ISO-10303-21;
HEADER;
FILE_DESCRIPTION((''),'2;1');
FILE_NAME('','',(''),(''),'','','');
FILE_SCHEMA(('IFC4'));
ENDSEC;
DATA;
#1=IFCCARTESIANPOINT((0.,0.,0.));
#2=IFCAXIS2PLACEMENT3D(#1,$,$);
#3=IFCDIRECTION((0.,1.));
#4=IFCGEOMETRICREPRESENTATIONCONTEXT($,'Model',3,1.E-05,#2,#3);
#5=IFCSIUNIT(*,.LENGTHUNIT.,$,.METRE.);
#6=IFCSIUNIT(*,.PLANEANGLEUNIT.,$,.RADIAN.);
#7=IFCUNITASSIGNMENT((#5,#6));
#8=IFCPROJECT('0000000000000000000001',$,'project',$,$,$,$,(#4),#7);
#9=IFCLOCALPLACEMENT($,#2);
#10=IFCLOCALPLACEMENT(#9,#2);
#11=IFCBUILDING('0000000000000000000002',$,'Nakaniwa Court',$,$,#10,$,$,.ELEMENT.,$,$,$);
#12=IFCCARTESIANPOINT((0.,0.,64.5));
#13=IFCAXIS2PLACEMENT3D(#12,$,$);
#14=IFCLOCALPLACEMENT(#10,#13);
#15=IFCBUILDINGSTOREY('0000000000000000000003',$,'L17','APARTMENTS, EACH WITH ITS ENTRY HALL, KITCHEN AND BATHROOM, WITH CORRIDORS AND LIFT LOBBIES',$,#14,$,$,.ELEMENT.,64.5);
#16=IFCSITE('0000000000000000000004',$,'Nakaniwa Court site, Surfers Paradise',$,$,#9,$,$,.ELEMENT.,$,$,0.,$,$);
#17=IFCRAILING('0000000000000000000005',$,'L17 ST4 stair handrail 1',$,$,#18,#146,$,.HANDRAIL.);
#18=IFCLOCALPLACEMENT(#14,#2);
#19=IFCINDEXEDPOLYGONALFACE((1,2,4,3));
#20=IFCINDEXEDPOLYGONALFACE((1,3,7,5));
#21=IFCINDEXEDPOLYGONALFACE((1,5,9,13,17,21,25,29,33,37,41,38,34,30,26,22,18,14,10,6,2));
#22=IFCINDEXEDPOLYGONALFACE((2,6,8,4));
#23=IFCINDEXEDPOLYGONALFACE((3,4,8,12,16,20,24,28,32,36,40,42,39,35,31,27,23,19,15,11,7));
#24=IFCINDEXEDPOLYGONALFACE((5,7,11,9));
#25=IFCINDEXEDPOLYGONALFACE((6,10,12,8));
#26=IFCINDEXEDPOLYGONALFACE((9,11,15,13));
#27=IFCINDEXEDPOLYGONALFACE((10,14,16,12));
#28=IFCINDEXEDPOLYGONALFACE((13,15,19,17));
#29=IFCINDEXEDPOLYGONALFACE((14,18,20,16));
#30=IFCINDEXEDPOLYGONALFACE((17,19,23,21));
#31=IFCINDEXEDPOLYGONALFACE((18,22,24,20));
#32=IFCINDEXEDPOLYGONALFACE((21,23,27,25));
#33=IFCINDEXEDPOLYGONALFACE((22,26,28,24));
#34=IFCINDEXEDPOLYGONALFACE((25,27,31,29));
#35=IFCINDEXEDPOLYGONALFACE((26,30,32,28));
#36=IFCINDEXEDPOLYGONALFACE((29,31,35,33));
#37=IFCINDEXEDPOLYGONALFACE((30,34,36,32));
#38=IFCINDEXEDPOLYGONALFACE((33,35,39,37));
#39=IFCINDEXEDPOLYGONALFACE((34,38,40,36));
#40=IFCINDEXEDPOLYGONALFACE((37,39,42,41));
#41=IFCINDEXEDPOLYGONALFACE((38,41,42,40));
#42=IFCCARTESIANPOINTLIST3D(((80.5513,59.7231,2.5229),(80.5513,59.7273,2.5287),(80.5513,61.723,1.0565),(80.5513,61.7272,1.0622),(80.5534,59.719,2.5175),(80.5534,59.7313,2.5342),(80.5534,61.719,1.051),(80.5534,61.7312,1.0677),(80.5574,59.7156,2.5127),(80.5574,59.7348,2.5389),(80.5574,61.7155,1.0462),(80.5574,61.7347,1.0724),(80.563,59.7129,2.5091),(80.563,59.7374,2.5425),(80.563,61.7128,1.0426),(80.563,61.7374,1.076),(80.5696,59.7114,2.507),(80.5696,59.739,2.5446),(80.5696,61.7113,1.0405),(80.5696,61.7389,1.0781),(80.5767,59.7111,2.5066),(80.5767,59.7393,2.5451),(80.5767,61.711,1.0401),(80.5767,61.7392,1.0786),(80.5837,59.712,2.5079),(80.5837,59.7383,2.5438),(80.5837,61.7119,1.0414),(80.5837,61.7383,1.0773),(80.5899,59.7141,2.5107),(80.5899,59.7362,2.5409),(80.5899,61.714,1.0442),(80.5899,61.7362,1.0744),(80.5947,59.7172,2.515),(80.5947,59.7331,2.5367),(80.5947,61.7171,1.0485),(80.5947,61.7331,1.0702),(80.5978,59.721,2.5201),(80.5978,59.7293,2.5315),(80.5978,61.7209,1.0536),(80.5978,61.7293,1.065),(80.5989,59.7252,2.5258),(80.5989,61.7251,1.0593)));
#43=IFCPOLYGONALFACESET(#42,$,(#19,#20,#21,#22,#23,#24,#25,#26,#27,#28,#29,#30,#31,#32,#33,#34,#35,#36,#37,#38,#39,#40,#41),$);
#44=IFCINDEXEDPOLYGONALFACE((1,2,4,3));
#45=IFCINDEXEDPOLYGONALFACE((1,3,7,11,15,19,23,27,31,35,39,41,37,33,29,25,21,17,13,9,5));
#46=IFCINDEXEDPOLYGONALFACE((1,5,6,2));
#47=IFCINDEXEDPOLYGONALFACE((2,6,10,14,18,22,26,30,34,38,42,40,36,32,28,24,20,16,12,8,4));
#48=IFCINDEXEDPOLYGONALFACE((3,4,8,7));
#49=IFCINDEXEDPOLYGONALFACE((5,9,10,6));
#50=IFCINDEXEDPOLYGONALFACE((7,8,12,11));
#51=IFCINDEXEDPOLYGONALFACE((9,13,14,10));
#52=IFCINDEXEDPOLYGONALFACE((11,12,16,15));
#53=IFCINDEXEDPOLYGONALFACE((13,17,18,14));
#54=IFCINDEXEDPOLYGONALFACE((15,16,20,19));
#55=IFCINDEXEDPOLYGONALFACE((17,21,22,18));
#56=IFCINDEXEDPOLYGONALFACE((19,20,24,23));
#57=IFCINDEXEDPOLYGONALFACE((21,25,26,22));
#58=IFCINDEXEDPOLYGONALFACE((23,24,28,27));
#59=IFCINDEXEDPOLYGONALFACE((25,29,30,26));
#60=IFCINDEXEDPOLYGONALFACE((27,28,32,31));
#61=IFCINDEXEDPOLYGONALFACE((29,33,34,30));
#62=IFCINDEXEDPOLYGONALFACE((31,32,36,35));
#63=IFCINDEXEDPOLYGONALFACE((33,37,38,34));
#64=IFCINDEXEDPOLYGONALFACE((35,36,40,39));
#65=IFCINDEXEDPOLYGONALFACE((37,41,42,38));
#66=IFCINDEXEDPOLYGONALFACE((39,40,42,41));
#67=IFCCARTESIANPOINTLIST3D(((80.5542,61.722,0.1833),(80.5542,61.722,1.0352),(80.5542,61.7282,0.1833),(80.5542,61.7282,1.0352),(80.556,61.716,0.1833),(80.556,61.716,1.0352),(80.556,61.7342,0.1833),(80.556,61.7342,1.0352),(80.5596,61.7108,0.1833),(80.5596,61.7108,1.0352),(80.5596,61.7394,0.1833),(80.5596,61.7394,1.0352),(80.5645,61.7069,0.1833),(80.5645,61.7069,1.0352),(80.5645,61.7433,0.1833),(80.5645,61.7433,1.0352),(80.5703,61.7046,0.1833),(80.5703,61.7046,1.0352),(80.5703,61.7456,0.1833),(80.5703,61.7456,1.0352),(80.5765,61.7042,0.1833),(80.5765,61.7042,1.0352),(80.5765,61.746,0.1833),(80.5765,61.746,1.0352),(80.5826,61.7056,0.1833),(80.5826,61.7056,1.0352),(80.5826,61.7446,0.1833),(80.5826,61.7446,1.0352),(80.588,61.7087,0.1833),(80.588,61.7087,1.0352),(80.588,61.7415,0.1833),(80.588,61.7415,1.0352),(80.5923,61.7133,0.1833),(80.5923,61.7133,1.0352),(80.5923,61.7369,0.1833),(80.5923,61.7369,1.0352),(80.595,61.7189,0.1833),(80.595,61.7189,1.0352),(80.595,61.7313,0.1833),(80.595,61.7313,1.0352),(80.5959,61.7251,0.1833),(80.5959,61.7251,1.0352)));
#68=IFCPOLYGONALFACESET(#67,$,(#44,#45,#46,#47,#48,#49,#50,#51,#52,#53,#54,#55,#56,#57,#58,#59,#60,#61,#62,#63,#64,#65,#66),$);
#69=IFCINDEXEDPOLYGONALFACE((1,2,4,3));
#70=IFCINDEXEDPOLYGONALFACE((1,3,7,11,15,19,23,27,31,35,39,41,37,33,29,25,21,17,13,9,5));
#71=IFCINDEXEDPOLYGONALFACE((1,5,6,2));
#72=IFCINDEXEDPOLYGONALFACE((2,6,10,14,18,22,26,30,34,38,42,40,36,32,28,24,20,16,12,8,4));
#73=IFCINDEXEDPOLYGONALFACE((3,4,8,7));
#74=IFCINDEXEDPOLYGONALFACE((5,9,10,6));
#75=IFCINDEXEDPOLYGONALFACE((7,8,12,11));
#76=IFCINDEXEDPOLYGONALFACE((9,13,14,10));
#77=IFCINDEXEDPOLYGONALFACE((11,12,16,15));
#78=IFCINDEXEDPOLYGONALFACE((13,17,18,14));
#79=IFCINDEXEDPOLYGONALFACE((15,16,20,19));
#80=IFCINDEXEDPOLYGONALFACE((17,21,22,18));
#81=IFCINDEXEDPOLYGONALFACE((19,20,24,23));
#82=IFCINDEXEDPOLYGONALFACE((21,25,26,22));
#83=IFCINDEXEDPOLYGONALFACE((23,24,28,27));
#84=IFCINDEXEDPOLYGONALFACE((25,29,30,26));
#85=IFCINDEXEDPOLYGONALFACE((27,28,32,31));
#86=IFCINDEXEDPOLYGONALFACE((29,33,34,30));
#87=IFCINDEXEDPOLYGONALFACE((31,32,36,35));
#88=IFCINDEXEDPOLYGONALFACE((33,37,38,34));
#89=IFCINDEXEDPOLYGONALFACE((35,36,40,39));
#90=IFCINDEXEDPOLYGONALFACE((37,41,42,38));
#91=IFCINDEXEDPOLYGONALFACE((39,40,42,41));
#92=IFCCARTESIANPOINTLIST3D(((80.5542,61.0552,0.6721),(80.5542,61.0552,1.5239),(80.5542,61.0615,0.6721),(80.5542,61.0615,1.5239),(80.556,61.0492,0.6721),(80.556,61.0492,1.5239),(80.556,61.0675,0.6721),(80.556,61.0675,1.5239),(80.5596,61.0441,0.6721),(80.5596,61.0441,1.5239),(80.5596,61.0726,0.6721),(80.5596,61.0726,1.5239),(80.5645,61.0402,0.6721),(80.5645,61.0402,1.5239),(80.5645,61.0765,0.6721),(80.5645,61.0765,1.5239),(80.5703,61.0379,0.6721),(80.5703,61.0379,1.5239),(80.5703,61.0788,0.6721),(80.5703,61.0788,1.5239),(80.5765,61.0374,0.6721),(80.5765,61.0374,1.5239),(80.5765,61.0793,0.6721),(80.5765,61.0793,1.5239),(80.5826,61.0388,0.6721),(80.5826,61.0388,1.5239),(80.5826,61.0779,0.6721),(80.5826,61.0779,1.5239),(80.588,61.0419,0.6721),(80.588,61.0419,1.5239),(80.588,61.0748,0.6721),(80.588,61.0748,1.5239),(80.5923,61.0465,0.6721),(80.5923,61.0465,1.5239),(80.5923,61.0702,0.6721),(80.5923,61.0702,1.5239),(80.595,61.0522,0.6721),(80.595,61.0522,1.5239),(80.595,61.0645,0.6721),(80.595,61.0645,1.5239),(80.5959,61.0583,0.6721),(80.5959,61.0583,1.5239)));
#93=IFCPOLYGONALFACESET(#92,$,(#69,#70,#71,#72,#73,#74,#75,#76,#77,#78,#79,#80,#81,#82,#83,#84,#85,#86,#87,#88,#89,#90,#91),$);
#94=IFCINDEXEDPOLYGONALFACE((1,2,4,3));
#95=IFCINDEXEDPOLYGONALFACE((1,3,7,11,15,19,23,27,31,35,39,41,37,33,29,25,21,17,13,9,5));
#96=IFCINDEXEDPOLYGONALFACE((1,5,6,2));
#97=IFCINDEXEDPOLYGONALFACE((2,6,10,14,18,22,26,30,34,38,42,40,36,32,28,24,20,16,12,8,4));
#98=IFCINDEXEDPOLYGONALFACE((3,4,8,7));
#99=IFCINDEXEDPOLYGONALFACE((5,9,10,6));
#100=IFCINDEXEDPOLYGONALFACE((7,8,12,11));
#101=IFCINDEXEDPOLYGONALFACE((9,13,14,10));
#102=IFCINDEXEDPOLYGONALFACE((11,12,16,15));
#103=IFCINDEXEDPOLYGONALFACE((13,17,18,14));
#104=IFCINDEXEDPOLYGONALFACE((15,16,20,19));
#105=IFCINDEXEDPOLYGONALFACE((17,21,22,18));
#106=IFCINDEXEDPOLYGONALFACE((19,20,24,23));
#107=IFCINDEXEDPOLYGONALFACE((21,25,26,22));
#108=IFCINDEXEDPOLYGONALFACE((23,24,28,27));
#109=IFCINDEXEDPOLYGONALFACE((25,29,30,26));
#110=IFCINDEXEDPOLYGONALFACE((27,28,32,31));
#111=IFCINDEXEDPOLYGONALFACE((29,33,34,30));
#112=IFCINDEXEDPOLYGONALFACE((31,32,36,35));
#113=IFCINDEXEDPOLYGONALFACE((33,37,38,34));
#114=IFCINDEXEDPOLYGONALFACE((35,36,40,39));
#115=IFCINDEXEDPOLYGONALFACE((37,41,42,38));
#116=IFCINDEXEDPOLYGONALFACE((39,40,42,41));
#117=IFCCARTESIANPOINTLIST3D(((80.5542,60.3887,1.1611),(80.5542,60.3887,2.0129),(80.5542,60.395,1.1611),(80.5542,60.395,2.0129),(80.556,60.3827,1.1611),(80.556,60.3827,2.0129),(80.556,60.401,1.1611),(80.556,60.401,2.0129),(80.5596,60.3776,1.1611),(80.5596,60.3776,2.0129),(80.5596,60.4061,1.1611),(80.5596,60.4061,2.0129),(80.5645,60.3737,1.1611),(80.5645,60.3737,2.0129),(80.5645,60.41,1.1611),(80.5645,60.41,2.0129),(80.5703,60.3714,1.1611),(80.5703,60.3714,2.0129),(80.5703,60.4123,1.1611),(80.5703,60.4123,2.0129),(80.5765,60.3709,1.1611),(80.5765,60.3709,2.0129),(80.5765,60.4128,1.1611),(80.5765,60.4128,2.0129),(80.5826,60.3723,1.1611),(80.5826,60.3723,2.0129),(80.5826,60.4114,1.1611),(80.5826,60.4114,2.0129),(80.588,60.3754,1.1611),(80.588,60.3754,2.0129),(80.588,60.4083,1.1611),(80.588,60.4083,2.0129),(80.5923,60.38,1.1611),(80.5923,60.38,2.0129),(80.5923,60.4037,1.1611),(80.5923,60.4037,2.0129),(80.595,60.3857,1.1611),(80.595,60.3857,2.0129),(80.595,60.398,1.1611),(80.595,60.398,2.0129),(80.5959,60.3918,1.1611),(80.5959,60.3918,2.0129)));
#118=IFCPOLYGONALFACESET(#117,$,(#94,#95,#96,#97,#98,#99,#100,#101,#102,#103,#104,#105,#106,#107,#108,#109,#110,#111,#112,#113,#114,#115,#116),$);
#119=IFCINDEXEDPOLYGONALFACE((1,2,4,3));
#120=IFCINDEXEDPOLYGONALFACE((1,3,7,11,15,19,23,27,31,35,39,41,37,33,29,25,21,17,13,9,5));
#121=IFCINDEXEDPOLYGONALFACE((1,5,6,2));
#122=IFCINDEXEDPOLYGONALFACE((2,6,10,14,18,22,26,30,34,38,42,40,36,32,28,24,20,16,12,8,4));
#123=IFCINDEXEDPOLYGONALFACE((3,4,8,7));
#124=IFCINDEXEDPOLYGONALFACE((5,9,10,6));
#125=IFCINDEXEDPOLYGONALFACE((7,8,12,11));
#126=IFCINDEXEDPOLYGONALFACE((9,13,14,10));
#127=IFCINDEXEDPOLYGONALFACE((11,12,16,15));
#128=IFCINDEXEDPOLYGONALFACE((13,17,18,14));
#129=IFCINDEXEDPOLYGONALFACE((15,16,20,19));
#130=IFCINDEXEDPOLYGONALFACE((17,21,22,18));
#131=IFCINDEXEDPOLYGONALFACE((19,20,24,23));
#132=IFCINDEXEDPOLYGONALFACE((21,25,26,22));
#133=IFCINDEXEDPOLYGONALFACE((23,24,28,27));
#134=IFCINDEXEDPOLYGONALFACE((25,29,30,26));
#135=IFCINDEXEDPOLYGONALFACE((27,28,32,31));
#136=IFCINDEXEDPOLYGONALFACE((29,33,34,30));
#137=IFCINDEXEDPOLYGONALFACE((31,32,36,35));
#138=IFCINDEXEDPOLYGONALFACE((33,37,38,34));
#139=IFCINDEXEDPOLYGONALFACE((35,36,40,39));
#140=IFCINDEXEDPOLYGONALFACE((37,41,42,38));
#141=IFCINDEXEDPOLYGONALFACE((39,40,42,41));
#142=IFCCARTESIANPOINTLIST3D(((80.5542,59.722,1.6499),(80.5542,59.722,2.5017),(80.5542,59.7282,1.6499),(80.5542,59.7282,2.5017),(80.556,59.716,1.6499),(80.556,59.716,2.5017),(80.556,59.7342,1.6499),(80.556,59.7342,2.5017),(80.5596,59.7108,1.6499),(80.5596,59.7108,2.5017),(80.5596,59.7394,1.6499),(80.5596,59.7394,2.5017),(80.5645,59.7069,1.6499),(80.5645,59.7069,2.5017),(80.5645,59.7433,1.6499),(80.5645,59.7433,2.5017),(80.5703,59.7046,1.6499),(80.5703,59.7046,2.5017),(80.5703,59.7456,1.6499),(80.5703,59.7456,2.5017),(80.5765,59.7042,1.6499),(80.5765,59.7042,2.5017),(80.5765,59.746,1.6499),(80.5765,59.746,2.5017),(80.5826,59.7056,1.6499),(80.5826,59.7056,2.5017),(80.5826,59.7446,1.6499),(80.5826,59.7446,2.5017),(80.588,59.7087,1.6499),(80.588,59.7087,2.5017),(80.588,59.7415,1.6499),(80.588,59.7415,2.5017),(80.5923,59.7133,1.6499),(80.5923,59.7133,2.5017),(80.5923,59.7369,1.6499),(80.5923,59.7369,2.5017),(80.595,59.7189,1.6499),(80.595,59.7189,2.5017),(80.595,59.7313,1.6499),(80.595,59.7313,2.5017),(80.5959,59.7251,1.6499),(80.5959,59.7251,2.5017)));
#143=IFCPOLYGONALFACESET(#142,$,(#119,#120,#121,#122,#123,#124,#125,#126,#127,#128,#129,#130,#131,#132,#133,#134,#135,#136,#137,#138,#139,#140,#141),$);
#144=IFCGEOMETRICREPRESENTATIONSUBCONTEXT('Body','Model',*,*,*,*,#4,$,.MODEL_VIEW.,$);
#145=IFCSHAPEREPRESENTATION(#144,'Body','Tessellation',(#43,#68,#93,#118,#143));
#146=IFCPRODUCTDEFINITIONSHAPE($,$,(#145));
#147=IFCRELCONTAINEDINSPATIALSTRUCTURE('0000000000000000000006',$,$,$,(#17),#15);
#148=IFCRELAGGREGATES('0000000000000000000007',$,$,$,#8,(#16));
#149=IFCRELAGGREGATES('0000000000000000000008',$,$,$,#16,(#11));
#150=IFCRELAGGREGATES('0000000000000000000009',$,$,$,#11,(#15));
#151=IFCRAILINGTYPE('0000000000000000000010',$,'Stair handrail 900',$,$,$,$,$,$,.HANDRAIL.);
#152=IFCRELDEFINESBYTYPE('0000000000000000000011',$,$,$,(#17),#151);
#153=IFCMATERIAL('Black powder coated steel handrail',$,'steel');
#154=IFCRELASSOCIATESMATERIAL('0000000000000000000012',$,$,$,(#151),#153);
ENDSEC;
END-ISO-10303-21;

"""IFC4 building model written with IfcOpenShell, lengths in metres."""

from ifc_helpers import new_model, si_unit, direction, frame, origin, origin_2d, place, context, subcontext, project, spatial, circle, extrude, material, type_object, element, save


model = new_model("IFC4")

# Units and contexts
model_context = context("Model", 3, precision=1e-05, world=origin(), true_north=direction((0.0, 1.0)))
body_context = subcontext(model_context, "Body", "Model", "MODEL_VIEW")
ifc_project = project(units=[si_unit("LENGTHUNIT", "METRE"), si_unit("PLANEANGLEUNIT", "RADIAN")], contexts=[model_context])

# Site, building, storey
site_placement = place(None, origin())
site = spatial("IfcSite", under=ifc_project, at=site_placement, Name="Nakaniwa Court site, Surfers Paradise", CompositionType="ELEMENT", RefElevation=0.0)
building_placement = place(site_placement, origin())
building = spatial("IfcBuilding", under=site, at=building_placement, Name="Nakaniwa Court", CompositionType="ELEMENT")
storey_placement = place(building_placement, frame((0.0, 0.0, 64.5)))
storey = spatial("IfcBuildingStorey", under=building, at=storey_placement, Name="L17", Description="APARTMENTS, EACH WITH ITS ENTRY HALL, KITCHEN AND BATHROOM, WITH CORRIDORS AND LIFT LOBBIES", CompositionType="ELEMENT", Elevation=64.5)

# Railing
ifc_material_1 = material(Name="Black powder coated steel handrail", Category="steel")
railing_type_1 = type_object("IfcRailingType", Name="Stair handrail 900", PredefinedType="HANDRAIL", material=ifc_material_1)
railing_1_placement = place(storey_placement, frame((80.575, 61.7251, 0.1833)))
element("IfcRailing", 1, at=railing_1_placement, inside=storey, type_object=railing_type_1, Name="L17 ST4 stair handrail 1", PredefinedType="HANDRAIL", context=body_context, shape_type="SweptSolid", body=[
    extrude(circle(Radius=0.0239, at=origin_2d()), frame((0.0, 0.0, 0.876), z_axis=(0.0, -0.806427, 0.591334), x_axis=(1.0, 0.0, 0.0)), (0.0, 0.0, 1.0), 2.48),
    extrude(circle(Radius=0.021, at=origin_2d()), origin(), (0.0, 0.0, 1.0), 0.8518),
    extrude(circle(Radius=0.021, at=origin_2d()), frame((0.0, -0.6667, 0.4888)), (0.0, 0.0, 1.0), 0.8518),
    extrude(circle(Radius=0.021, at=origin_2d()), frame((0.0, -1.3333, 0.9778)), (0.0, 0.0, 1.0), 0.8518),
    extrude(circle(Radius=0.021, at=origin_2d()), frame((0.0, -2.0, 1.4666)), (0.0, 0.0, 1.0), 0.8518),
])

save(model, "model.ifc")
